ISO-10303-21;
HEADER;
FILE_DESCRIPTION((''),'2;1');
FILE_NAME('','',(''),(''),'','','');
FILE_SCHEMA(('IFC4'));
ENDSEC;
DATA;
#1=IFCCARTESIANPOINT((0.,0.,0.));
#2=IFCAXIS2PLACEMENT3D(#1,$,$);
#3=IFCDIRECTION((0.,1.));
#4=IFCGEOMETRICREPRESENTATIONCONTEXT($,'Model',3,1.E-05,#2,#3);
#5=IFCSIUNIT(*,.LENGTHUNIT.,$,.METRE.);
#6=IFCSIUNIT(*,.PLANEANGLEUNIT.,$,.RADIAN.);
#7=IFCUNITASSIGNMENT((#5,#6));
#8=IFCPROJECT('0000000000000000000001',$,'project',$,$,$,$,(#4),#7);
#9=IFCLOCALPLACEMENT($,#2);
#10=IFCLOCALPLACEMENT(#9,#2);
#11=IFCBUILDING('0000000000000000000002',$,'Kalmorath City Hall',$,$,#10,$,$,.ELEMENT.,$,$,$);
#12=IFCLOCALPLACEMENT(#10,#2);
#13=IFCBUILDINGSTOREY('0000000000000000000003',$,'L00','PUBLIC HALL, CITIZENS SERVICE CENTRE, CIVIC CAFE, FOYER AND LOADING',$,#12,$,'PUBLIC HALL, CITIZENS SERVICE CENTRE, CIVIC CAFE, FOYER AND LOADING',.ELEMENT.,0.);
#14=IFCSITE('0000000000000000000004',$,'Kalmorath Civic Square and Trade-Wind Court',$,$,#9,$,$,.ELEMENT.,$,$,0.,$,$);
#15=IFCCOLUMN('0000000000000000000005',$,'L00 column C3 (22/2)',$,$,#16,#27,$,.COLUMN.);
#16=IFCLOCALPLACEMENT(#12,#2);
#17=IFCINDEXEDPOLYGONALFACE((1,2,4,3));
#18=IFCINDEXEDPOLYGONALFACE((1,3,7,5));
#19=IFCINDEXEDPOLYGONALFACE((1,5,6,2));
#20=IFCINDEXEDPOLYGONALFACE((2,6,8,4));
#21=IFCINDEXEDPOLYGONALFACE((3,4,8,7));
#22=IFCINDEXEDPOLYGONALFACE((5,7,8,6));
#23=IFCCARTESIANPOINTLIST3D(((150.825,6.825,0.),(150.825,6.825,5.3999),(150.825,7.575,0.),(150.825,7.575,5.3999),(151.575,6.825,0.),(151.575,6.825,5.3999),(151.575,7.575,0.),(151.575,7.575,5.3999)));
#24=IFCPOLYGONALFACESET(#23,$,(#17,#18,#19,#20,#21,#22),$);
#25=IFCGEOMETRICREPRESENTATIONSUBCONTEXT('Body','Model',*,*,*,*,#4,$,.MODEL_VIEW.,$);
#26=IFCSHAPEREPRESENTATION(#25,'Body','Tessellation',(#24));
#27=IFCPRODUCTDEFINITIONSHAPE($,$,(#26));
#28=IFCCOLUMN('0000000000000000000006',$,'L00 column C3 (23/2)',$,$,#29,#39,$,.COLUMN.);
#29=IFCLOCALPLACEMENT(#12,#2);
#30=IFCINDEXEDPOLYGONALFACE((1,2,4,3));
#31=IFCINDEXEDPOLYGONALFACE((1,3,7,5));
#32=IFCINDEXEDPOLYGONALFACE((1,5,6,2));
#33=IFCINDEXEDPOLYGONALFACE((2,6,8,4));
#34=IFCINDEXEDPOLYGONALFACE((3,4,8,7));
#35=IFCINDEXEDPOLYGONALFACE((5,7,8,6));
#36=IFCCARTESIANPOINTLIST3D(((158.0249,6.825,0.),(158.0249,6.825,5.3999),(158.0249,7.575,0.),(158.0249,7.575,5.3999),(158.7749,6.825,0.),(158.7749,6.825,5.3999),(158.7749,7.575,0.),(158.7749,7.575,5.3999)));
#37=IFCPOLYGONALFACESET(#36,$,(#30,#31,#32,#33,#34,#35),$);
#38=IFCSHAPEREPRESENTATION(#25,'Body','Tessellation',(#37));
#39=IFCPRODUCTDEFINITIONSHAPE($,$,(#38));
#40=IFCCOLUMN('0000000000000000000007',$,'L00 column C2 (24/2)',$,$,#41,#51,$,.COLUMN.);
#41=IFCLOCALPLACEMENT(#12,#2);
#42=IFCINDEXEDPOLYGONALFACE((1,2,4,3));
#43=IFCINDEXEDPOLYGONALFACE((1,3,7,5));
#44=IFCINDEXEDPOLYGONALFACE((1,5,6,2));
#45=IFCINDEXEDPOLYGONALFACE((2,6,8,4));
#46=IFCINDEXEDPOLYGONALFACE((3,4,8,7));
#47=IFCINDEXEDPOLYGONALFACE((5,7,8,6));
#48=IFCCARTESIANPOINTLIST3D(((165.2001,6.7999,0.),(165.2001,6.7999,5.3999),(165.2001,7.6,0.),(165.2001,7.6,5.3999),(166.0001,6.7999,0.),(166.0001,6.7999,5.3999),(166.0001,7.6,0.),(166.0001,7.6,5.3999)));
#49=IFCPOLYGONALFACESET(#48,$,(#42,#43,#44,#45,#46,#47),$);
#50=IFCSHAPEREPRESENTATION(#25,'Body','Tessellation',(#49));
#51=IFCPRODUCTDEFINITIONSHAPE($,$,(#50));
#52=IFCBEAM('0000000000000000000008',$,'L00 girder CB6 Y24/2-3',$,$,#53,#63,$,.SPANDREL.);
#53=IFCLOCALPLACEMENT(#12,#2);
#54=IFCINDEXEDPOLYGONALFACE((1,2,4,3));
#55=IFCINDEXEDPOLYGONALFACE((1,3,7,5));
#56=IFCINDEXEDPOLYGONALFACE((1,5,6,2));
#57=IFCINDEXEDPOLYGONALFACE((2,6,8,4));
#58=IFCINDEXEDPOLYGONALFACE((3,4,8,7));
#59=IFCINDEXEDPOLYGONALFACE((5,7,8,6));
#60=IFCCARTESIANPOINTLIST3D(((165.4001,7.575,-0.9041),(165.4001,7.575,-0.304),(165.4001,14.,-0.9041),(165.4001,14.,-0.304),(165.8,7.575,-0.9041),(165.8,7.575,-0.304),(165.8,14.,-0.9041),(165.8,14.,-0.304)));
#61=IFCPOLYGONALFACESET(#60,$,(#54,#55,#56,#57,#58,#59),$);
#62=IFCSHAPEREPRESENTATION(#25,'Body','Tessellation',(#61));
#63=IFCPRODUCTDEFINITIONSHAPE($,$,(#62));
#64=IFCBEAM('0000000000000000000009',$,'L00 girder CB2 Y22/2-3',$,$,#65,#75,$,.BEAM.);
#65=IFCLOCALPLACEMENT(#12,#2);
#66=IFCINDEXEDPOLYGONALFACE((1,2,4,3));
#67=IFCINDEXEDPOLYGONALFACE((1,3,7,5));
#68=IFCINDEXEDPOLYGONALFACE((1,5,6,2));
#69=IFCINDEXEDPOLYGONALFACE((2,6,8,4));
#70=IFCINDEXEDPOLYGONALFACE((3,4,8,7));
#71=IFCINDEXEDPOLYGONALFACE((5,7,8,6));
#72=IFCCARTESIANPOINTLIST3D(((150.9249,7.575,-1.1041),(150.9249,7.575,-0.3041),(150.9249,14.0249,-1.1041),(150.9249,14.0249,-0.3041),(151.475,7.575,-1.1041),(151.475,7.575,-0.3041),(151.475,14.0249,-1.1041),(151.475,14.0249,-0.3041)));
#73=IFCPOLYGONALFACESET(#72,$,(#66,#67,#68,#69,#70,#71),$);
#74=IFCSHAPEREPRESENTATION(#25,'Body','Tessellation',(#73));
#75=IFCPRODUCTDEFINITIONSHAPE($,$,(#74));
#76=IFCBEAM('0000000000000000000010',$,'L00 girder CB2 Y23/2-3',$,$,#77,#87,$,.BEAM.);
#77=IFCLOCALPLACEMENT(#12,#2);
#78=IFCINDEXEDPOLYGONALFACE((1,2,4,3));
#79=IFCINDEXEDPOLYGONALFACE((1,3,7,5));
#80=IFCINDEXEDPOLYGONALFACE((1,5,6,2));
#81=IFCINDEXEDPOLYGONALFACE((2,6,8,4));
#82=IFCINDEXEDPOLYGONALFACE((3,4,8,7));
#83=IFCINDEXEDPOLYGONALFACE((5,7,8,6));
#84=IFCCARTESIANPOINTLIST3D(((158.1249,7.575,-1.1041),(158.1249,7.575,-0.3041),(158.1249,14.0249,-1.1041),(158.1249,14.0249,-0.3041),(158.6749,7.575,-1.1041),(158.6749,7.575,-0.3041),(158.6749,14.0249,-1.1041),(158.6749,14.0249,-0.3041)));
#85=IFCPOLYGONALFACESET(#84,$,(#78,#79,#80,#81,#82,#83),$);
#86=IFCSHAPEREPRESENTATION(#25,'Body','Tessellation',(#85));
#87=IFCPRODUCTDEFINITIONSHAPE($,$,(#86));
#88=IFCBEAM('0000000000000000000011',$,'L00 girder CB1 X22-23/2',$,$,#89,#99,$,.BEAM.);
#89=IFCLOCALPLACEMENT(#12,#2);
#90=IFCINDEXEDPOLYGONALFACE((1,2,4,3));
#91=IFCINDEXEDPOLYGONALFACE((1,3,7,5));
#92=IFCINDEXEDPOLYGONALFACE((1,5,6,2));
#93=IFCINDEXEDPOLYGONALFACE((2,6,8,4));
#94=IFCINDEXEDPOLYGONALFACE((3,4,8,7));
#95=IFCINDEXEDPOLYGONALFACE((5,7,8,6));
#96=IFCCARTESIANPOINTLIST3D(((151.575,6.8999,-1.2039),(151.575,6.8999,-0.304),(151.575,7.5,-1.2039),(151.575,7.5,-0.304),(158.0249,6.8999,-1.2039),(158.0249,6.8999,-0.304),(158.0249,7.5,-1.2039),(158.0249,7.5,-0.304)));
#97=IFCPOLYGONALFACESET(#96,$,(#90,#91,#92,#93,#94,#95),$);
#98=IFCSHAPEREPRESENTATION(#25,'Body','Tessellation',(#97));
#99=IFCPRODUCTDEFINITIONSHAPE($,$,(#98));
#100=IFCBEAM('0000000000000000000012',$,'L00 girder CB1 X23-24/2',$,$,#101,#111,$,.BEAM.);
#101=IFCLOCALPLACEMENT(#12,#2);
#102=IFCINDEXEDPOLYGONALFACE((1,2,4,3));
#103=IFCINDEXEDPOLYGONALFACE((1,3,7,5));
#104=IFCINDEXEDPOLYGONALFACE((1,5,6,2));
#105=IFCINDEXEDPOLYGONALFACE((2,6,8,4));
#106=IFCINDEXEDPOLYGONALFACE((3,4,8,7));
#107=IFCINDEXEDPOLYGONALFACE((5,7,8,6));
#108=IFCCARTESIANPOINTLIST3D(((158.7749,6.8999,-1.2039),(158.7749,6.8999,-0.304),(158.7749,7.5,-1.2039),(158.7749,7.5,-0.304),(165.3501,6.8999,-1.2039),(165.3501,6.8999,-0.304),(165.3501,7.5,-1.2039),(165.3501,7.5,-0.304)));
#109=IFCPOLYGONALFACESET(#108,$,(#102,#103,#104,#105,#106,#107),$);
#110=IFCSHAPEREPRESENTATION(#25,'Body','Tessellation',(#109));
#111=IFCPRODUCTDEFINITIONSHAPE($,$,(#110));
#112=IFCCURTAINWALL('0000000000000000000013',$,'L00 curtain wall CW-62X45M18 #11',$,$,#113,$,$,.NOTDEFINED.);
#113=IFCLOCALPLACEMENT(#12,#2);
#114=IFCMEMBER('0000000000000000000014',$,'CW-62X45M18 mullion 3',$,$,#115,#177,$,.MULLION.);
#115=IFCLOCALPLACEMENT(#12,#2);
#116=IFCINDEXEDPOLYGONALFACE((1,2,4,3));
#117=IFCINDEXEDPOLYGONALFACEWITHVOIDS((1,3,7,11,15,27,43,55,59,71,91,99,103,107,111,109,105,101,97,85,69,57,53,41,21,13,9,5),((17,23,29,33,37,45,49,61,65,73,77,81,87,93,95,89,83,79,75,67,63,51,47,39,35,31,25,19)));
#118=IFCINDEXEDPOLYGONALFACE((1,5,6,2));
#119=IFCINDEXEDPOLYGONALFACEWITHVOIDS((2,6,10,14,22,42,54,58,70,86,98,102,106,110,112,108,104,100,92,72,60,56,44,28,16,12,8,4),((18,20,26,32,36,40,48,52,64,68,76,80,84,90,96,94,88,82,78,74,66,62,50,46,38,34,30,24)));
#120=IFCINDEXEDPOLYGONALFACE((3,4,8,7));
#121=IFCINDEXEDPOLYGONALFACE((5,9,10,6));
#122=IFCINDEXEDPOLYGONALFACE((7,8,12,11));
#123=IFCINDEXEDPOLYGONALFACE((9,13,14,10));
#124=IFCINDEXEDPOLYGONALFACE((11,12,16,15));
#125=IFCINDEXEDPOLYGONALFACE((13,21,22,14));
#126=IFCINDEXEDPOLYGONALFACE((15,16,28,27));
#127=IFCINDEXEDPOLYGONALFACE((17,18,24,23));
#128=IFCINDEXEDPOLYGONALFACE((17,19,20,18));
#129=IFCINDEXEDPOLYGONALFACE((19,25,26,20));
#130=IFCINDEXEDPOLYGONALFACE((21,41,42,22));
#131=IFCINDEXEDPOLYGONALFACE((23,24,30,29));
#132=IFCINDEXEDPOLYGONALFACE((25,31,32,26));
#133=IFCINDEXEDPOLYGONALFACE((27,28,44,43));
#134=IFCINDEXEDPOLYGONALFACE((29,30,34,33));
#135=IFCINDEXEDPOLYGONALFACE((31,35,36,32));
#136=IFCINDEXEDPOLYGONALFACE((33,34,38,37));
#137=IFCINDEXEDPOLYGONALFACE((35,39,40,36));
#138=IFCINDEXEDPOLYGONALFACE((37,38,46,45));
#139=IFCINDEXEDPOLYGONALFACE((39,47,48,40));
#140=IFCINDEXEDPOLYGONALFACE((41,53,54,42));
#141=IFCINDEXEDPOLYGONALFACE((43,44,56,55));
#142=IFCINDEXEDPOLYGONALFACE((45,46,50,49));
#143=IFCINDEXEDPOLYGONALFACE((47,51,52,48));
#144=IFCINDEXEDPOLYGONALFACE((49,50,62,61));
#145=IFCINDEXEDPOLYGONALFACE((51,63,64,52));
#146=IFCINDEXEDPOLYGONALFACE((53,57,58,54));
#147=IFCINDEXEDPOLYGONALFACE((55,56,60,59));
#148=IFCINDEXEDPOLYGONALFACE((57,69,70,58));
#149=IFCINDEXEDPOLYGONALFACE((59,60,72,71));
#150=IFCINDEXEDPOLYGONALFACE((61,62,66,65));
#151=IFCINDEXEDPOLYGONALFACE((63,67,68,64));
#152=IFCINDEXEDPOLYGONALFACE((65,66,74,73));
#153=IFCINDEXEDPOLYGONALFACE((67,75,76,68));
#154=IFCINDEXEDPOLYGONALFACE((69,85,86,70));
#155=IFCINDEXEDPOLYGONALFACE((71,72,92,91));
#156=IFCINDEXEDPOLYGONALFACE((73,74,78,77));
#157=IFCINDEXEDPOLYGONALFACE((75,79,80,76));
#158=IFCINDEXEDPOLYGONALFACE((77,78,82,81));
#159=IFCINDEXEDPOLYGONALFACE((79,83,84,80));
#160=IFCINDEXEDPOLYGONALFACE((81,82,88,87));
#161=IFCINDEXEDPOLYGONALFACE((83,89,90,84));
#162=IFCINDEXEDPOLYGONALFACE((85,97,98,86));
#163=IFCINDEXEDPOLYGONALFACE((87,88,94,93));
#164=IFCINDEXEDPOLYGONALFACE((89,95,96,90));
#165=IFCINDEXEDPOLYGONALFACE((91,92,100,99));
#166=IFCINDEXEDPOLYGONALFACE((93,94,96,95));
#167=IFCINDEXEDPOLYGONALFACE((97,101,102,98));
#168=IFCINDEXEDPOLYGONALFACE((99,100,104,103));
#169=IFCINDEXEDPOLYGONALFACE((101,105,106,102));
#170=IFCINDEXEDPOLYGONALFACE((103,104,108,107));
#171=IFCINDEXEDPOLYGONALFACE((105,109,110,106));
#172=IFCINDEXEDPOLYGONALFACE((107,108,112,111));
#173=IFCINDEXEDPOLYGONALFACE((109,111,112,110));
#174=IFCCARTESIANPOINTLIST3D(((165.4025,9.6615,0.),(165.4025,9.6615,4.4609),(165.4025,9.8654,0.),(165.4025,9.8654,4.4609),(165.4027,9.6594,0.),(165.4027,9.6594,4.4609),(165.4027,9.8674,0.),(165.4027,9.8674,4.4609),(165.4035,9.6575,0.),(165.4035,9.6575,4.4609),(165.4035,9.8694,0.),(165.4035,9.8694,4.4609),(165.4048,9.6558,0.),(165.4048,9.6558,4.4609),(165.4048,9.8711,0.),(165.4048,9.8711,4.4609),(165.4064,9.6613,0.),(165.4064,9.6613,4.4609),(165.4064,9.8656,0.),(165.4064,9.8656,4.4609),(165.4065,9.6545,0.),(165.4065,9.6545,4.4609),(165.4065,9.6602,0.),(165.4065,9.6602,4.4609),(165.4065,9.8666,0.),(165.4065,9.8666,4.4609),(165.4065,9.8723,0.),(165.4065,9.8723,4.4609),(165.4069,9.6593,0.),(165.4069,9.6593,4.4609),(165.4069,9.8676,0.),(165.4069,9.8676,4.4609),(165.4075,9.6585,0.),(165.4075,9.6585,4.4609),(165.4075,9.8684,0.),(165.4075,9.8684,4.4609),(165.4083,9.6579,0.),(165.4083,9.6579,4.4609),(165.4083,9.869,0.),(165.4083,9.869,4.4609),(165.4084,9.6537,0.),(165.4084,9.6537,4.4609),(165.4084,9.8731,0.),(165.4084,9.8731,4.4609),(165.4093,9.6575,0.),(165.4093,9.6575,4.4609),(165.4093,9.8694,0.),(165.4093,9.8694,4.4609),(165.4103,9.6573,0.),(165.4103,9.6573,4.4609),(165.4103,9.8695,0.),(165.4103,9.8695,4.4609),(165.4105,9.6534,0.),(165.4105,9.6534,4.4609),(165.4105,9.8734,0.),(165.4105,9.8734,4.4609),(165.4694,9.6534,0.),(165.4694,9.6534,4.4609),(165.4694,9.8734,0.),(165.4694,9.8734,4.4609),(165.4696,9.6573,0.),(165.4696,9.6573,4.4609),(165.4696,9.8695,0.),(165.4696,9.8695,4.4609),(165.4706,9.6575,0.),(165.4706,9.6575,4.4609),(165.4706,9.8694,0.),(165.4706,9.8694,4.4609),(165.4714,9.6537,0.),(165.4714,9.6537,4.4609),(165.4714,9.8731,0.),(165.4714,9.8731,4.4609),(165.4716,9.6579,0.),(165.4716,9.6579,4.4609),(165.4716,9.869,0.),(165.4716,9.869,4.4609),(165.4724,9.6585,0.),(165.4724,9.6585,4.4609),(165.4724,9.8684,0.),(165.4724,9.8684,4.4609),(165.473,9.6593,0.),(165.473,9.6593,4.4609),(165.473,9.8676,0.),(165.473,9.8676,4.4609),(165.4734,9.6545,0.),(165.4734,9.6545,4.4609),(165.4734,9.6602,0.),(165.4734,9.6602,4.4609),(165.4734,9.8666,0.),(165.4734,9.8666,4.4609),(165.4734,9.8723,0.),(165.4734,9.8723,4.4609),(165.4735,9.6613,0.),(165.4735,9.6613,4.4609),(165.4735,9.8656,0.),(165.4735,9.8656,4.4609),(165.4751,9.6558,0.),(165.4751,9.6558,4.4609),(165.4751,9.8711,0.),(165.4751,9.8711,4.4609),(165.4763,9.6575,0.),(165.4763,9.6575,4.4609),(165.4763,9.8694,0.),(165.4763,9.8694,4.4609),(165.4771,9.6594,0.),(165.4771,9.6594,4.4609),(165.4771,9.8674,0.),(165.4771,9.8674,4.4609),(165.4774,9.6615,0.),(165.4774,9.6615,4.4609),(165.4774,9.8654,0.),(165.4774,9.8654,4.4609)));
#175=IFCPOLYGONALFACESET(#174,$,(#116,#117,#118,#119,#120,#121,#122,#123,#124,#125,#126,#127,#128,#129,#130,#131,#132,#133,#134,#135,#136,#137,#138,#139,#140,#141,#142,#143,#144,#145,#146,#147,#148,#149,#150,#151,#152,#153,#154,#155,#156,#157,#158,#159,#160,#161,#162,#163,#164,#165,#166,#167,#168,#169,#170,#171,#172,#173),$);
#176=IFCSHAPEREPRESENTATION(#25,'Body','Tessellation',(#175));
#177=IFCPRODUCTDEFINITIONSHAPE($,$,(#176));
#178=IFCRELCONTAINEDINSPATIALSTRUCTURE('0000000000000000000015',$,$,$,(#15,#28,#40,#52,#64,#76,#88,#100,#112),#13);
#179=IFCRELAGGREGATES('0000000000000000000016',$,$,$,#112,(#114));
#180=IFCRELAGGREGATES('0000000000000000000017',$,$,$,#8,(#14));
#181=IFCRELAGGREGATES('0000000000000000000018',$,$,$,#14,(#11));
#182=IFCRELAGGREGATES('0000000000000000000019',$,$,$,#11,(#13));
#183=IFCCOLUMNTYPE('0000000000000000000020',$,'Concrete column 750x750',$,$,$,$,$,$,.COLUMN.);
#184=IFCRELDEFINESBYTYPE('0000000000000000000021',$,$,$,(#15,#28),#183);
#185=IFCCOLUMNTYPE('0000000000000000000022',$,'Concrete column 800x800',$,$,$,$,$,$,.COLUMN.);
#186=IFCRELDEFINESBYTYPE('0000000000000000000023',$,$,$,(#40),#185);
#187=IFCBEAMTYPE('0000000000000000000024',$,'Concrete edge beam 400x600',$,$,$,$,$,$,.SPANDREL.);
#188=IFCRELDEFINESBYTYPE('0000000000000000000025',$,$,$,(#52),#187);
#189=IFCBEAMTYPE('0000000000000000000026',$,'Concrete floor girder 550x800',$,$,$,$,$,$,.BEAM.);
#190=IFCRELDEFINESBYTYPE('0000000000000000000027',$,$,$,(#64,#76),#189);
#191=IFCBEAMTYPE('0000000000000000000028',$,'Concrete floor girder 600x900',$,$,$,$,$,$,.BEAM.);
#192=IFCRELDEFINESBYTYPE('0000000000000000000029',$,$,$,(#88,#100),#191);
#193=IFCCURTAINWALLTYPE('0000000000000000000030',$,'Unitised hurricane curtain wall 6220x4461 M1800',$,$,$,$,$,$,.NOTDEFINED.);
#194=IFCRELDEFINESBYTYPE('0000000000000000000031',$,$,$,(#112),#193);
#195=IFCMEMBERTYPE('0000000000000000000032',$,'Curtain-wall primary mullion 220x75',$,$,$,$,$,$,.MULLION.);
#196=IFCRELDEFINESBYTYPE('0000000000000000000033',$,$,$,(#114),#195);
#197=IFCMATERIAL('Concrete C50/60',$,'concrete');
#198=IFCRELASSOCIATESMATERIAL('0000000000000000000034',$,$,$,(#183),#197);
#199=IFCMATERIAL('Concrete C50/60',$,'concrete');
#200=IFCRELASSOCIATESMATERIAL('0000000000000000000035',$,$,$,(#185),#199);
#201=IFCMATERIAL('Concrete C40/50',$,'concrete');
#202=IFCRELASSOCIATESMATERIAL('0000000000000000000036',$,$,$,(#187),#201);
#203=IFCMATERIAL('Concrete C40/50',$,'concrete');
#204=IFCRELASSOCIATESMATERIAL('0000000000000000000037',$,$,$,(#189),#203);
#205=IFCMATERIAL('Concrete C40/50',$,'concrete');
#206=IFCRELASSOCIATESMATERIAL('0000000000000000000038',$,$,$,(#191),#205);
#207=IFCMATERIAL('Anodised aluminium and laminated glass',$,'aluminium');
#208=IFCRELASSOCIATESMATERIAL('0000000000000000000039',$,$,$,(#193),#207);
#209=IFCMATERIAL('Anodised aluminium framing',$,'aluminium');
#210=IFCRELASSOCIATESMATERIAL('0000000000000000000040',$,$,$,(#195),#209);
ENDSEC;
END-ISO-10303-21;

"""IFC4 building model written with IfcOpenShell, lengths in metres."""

from ifc_helpers import new_model, si_unit, direction, frame, origin, origin_2d, place, context, subcontext, project, spatial, rectangle, hollow_rectangle, extrude, material, material_profile, profile_set, type_object, element, aggregate, save


model = new_model("IFC4")

# Units and contexts
model_context = context("Model", 3, precision=1e-05, world=origin(), true_north=direction((0.0, 1.0)))
body_context = subcontext(model_context, "Body", "Model", "MODEL_VIEW")
ifc_project = project(units=[si_unit("LENGTHUNIT", "METRE"), si_unit("PLANEANGLEUNIT", "RADIAN")], contexts=[model_context])

# Site, building, storey
site_placement = place(None, origin())
site = spatial("IfcSite", under=ifc_project, at=site_placement, Name="Kalmorath Civic Square and Trade-Wind Court", CompositionType="ELEMENT", RefElevation=0.0)
building_placement = place(site_placement, origin())
building = spatial("IfcBuilding", under=site, at=building_placement, Name="Kalmorath City Hall", CompositionType="ELEMENT")
storey_placement = place(building_placement, origin())
storey = spatial("IfcBuildingStorey", under=building, at=storey_placement, Name="L00", Description="PUBLIC HALL, CITIZENS SERVICE CENTRE, CIVIC CAFE, FOYER AND LOADING", LongName="PUBLIC HALL, CITIZENS SERVICE CENTRE, CIVIC CAFE, FOYER AND LOADING", CompositionType="ELEMENT", Elevation=0.0)

# Columns
ifc_material_1 = material(Name="Concrete C50/60", Category="concrete")
ifc_material_profile_1 = material_profile(ifc_material_1, rectangle(XDim=0.75, YDim=0.75, at=origin_2d()), Name="RC-COL-750X750")
ifc_profile_set_1 = profile_set([ifc_material_profile_1], Name="Concrete C50/60")
column_type_1 = type_object("IfcColumnType", Name="Concrete column 750x750", PredefinedType="COLUMN", material=ifc_profile_set_1)
for number, where, z_axis, x_axis, name in (
    (1, (151.2, 7.2, 0.0), (0.0, 0.0, 1.0), (1.0, 0.0, 0.0), "L00 column C3 (22/2)"),
    (2, (158.3999, 7.2, 0.0), (0.0, 0.0, 1.0), (1.0, 0.0, 0.0), "L00 column C3 (23/2)"),
):
    element("IfcColumn", number, at=place(storey_placement, frame(where, z_axis=z_axis, x_axis=x_axis)), inside=storey, type_object=column_type_1, Name=name, PredefinedType="COLUMN", context=body_context, shape_type="SweptSolid", body=[
        extrude(rectangle(XDim=0.75, YDim=0.75, at=origin_2d()), origin(), (0.0, 0.0, 1.0), 5.3999),
    ])
ifc_material_2 = material(Name="Concrete C50/60", Category="concrete")
ifc_material_profile_2 = material_profile(ifc_material_2, rectangle(XDim=0.8, YDim=0.8, at=origin_2d()), Name="RC-COL-800X800")
ifc_profile_set_2 = profile_set([ifc_material_profile_2], Name="Concrete C50/60")
column_type_2 = type_object("IfcColumnType", Name="Concrete column 800x800", PredefinedType="COLUMN", material=ifc_profile_set_2)
column_placement = place(storey_placement, frame((165.6001, 7.2, 0.0), z_axis=(0.0, 0.0, 1.0), x_axis=(1.0, 0.0, 0.0)))
element("IfcColumn", 3, at=column_placement, inside=storey, type_object=column_type_2, Name="L00 column C2 (24/2)", PredefinedType="COLUMN", context=body_context, shape_type="SweptSolid", body=[
    extrude(rectangle(XDim=0.8, YDim=0.8, at=origin_2d()), origin(), (0.0, 0.0, 1.0), 5.3999),
])

# Beams
ifc_material_3 = material(Name="Concrete C40/50", Category="concrete")
ifc_material_profile_3 = material_profile(ifc_material_3, rectangle(XDim=0.3999, YDim=0.6001, at=origin_2d()), Name="RC-BM-400X600")
ifc_profile_set_3 = profile_set([ifc_material_profile_3], Name="Concrete C40/50")
beam_type_1 = type_object("IfcBeamType", Name="Concrete edge beam 400x600", PredefinedType="SPANDREL", material=ifc_profile_set_3)
beam_1_placement = place(storey_placement, frame((165.6001, 7.575, -0.604), z_axis=(0.0, 1.0, 0.0), x_axis=(-1.0, 0.0, 0.0)))
element("IfcBeam", 4, at=beam_1_placement, inside=storey, type_object=beam_type_1, Name="L00 girder CB6 Y24/2-3", PredefinedType="SPANDREL", context=body_context, shape_type="SweptSolid", body=[
    extrude(rectangle(XDim=0.3999, YDim=0.6001, at=origin_2d()), origin(), (0.0, 0.0, 1.0), 6.425),
])
ifc_material_4 = material(Name="Concrete C40/50", Category="concrete")
ifc_material_profile_4 = material_profile(ifc_material_4, rectangle(XDim=0.55, YDim=0.8, at=origin_2d()), Name="RC-BM-550X800")
ifc_profile_set_4 = profile_set([ifc_material_profile_4], Name="Concrete C40/50")
beam_type_2 = type_object("IfcBeamType", Name="Concrete floor girder 550x800", PredefinedType="BEAM", material=ifc_profile_set_4)
for number, where, z_axis, x_axis, name in (
    (5, (151.2, 7.575, -0.7041), (0.0, 1.0, 0.0), (-1.0, 0.0, 0.0), "L00 girder CB2 Y22/2-3"),
    (6, (158.3999, 7.575, -0.7041), (0.0, 1.0, 0.0), (-1.0, 0.0, 0.0), "L00 girder CB2 Y23/2-3"),
):
    element("IfcBeam", number, at=place(storey_placement, frame(where, z_axis=z_axis, x_axis=x_axis)), inside=storey, type_object=beam_type_2, Name=name, PredefinedType="BEAM", context=body_context, shape_type="SweptSolid", body=[
        extrude(rectangle(XDim=0.55, YDim=0.8, at=origin_2d()), origin(), (0.0, 0.0, 1.0), 6.45),
    ])
ifc_material_5 = material(Name="Concrete C40/50", Category="concrete")
ifc_material_profile_5 = material_profile(ifc_material_5, rectangle(XDim=0.6001, YDim=0.8999, at=origin_2d()), Name="RC-BM-600X900")
ifc_profile_set_5 = profile_set([ifc_material_profile_5], Name="Concrete C40/50")
beam_type_3 = type_object("IfcBeamType", Name="Concrete floor girder 600x900", PredefinedType="BEAM", material=ifc_profile_set_5)
beam_2_placement = place(storey_placement, frame((151.575, 7.2, -0.7539), z_axis=(1.0, 0.0, 0.0), x_axis=(0.0, 1.0, 0.0)))
element("IfcBeam", 7, at=beam_2_placement, inside=storey, type_object=beam_type_3, Name="L00 girder CB1 X22-23/2", PredefinedType="BEAM", context=body_context, shape_type="SweptSolid", body=[
    extrude(rectangle(XDim=0.6001, YDim=0.8999, at=origin_2d()), origin(), (0.0, 0.0, 1.0), 6.45),
])
beam_3_placement = place(storey_placement, frame((158.7749, 7.2, -0.7539), z_axis=(1.0, 0.0, 0.0), x_axis=(0.0, 1.0, 0.0)))
element("IfcBeam", 8, at=beam_3_placement, inside=storey, type_object=beam_type_3, Name="L00 girder CB1 X23-24/2", PredefinedType="BEAM", context=body_context, shape_type="SweptSolid", body=[
    extrude(rectangle(XDim=0.6001, YDim=0.8999, at=origin_2d()), origin(), (0.0, 0.0, 1.0), 6.5752),
])

# Curtain wall, member
ifc_material_6 = material(Name="Anodised aluminium and laminated glass", Category="aluminium")
curtain_wall_type = type_object("IfcCurtainWallType", Name="Unitised hurricane curtain wall 6220x4461 M1800", PredefinedType="NOTDEFINED", material=ifc_material_6)
curtain_wall_placement = place(storey_placement, origin())
curtain_wall = element("IfcCurtainWall", 9, at=curtain_wall_placement, inside=storey, type_object=curtain_wall_type, Name="L00 curtain wall CW-62X45M18 #11", PredefinedType="NOTDEFINED")
ifc_material_7 = material(Name="Anodised aluminium framing", Category="aluminium")
ifc_material_profile_6 = material_profile(ifc_material_7, hollow_rectangle(XDim=0.075, YDim=0.22, WallThickness=0.0039, InnerFilletRadius=0.0039, OuterFilletRadius=0.0081, at=origin_2d()), Name="ALU-MUL-220X75X4")
ifc_profile_set_6 = profile_set([ifc_material_profile_6], Name="Anodised aluminium framing")
member_type_1 = type_object("IfcMemberType", Name="Curtain-wall primary mullion 220x75", PredefinedType="MULLION", material=ifc_profile_set_6)
member_1_placement = place(storey_placement, frame((165.4399, 9.7634, 0.0), z_axis=(0.0, 0.0, 1.0), x_axis=(1.0, 0.0, 0.0)))
member_1 = element("IfcMember", 10, at=member_1_placement, type_object=member_type_1, Name="CW-62X45M18 mullion 3", PredefinedType="MULLION", context=body_context, shape_type="SweptSolid", body=[
    extrude(hollow_rectangle(XDim=0.075, YDim=0.22, WallThickness=0.0039, InnerFilletRadius=0.0039, OuterFilletRadius=0.0081, at=origin_2d()), origin(), (0.0, 0.0, 1.0), 4.4609),
])

aggregate(curtain_wall, [member_1])

save(model, "model.ifc")
